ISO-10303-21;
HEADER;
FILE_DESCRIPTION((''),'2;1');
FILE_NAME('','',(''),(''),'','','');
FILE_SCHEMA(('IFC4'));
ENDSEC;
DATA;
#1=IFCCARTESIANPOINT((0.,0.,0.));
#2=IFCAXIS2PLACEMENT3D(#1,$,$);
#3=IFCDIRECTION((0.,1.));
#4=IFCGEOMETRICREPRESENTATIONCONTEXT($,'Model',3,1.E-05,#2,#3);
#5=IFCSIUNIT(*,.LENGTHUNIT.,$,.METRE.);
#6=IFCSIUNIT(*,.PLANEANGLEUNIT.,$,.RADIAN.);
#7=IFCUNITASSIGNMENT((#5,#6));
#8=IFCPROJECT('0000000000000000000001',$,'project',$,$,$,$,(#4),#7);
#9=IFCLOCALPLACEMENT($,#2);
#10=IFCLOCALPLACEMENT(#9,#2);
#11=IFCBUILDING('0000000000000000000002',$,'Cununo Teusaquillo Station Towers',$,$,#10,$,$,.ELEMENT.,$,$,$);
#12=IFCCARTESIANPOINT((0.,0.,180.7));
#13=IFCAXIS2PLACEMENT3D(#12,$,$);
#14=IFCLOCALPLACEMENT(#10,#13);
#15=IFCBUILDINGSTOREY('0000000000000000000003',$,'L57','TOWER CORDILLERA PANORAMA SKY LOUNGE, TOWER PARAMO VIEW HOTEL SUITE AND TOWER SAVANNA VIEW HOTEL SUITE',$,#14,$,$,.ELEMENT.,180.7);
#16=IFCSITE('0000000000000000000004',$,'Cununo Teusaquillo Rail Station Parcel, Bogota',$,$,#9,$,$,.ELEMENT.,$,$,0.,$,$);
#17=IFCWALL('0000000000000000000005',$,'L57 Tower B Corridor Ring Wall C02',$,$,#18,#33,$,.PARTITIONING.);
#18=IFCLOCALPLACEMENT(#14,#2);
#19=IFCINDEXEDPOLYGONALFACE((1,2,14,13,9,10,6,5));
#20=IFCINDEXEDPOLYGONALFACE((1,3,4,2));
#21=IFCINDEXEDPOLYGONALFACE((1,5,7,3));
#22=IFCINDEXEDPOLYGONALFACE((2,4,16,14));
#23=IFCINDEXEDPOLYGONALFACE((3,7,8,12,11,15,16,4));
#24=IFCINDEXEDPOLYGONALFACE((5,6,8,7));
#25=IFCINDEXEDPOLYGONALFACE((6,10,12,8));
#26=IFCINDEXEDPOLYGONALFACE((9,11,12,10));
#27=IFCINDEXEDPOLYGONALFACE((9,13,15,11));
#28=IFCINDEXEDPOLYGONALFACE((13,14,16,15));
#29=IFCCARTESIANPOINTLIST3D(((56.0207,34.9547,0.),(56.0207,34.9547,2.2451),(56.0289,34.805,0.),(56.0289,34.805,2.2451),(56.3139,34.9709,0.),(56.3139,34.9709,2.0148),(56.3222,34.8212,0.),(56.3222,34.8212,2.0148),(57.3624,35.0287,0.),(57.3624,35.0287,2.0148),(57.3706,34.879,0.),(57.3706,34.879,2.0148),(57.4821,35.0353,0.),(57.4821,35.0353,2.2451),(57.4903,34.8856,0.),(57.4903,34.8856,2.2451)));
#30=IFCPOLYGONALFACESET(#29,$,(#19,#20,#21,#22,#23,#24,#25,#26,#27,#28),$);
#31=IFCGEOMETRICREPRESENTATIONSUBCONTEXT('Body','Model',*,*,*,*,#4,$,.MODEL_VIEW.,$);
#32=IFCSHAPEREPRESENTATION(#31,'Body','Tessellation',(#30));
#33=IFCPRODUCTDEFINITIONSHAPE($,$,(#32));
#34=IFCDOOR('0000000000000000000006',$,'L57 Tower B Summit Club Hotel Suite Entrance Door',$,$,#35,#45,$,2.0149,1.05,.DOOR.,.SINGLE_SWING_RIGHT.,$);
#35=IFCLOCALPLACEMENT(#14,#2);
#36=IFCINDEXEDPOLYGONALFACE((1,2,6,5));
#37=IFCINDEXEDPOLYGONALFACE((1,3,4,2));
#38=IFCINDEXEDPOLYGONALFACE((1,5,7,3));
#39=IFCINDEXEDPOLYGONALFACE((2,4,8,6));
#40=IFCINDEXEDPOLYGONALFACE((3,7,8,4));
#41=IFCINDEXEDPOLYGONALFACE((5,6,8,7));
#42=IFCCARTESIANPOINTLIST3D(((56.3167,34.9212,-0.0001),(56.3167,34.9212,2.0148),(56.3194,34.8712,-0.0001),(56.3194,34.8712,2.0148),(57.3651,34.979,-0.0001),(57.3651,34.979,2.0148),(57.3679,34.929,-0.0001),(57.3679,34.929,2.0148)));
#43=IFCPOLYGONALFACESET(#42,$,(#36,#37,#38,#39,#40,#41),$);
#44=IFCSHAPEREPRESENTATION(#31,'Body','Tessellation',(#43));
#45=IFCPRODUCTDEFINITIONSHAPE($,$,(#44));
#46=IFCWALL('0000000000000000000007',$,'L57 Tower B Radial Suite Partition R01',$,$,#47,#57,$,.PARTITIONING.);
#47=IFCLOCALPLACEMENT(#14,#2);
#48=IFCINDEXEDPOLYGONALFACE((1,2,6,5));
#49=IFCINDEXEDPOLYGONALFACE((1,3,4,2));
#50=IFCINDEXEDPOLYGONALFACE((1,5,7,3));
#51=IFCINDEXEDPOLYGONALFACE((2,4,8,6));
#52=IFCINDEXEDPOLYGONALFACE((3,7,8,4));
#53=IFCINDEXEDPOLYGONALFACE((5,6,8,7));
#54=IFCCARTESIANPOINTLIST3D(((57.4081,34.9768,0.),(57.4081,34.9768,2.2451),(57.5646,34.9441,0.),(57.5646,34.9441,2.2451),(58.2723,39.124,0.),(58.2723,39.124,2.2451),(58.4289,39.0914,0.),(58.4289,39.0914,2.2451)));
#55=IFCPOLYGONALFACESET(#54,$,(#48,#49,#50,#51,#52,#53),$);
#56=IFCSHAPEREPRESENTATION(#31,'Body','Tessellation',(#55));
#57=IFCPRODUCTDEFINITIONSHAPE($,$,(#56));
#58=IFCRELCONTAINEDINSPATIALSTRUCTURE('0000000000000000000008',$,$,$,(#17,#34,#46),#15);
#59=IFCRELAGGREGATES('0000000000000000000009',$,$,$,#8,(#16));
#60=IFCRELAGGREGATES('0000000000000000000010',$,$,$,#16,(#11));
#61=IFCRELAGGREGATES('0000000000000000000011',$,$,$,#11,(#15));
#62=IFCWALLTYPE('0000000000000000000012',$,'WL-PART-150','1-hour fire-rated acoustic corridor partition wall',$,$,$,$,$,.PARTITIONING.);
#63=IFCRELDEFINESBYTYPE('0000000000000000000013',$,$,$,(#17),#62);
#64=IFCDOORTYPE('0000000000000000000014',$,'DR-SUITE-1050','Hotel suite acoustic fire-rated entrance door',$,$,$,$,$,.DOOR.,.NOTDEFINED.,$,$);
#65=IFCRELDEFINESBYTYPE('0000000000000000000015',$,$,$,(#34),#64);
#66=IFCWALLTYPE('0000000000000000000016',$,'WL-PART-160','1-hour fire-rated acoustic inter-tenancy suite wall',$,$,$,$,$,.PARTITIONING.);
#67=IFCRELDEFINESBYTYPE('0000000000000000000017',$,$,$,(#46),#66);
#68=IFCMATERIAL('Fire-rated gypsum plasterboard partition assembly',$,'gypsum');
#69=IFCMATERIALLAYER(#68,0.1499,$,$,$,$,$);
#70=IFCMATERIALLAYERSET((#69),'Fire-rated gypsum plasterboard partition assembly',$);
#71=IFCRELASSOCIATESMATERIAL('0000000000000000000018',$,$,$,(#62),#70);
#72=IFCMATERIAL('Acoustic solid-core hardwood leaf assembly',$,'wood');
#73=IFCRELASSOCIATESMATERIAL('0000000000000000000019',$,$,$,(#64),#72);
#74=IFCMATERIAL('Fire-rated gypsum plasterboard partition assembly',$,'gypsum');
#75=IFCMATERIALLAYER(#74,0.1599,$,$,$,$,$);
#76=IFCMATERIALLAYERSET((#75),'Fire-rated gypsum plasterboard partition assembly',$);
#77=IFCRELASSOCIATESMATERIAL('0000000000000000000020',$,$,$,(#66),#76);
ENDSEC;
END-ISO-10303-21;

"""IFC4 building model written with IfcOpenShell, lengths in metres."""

from ifc_helpers import new_model, si_unit, direction, frame, frame_2d, origin, place, context, subcontext, project, spatial, rectangle, extrude, source, transform, mapped, material, layer, layer_set, type_object, element, fill, save


model = new_model("IFC4")

# Units and contexts
model_context = context("Model", 3, precision=1e-05, world=origin(), true_north=direction((0.0, 1.0)))
body_context = subcontext(model_context, "Body", "Model", "MODEL_VIEW")
ifc_project = project(units=[si_unit("LENGTHUNIT", "METRE"), si_unit("PLANEANGLEUNIT", "RADIAN")], contexts=[model_context])

# Site, building, storey
site_placement = place(None, origin())
site = spatial("IfcSite", under=ifc_project, at=site_placement, Name="Cununo Teusaquillo Rail Station Parcel, Bogota", CompositionType="ELEMENT", RefElevation=0.0)
building_placement = place(site_placement, origin())
building = spatial("IfcBuilding", under=site, at=building_placement, Name="Cununo Teusaquillo Station Towers", CompositionType="ELEMENT")
storey_placement = place(building_placement, frame((0.0, 0.0, 180.7)))
storey = spatial("IfcBuildingStorey", under=building, at=storey_placement, Name="L57", Description="TOWER CORDILLERA PANORAMA SKY LOUNGE, TOWER PARAMO VIEW HOTEL SUITE AND TOWER SAVANNA VIEW HOTEL SUITE", CompositionType="ELEMENT", Elevation=180.7)

# Wall, opening, door
ifc_material_1 = material(Name="Fire-rated gypsum plasterboard partition assembly", Category="gypsum")
ifc_layer_1 = layer(ifc_material_1, 0.1499)
ifc_layer_set_1 = layer_set([ifc_layer_1], Name="Fire-rated gypsum plasterboard partition assembly")
wall_type_1 = type_object("IfcWallType", Name="WL-PART-150", Description="1-hour fire-rated acoustic corridor partition wall", PredefinedType="PARTITIONING", material=ifc_layer_set_1)
wall_1_placement = place(storey_placement, frame((57.4863, 34.9604, 0.0), z_axis=(0.0, 0.0, 1.0), x_axis=(-0.998484, -0.055045, 0.0)))
wall_1 = element("IfcWall", 1, at=wall_1_placement, inside=storey, type_object=wall_type_1, Name="L57 Tower B Corridor Ring Wall C02", PredefinedType="PARTITIONING", context=body_context, shape_type="SweptSolid", body=[
    extrude(rectangle(XDim=1.4636, YDim=0.1499, at=frame_2d((0.7319, 0.0))), origin(), (0.0, 0.0, 1.0), 2.2451),
])
shared_shape_1 = source(origin(), body_context, "Body", "SweptSolid", [
    extrude(rectangle(XDim=1.05, YDim=2.0149, at=frame_2d((0.5249, 1.0073))), frame((0.0, 0.085, 0.0), z_axis=(0.0, -1.0, 0.0), x_axis=(1.0, 0.0, 0.0)), (0.0, 0.0, 1.0), 0.1699),
])
opening_1_placement = place(wall_1_placement, frame((0.1201, 0.0, 0.0)))
opening_1 = element("IfcOpeningElement", 2, at=opening_1_placement, cuts=wall_1, PredefinedType="OPENING", context=body_context, shape_type="MappedRepresentation", body=[
    mapped(shared_shape_1, transform((0.0, 0.0, 0.0), x_axis=(1.0, 0.0, 0.0), y_axis=(0.0, 1.0, 0.0), z_axis=(0.0, 0.0, 1.0), scale=1.0)),
])
ifc_material_2 = material(Name="Acoustic solid-core hardwood leaf assembly", Category="wood")
door_type = type_object("IfcDoorType", Name="DR-SUITE-1050", Description="Hotel suite acoustic fire-rated entrance door", OperationType="NOTDEFINED", PredefinedType="DOOR", material=ifc_material_2)
shared_shape_2 = source(origin(), body_context, "Body", "SweptSolid", [
    extrude(rectangle(XDim=1.05, YDim=2.0149, at=frame_2d((0.5249, 1.0073))), frame((0.0, 0.0249, 0.0), z_axis=(0.0, -1.0, 0.0), x_axis=(1.0, 0.0, 0.0)), (0.0, 0.0, 1.0), 0.05),
])
door_placement = place(opening_1_placement, origin())
door = element("IfcDoor", 3, at=door_placement, inside=storey, type_object=door_type, Name="L57 Tower B Summit Club Hotel Suite Entrance Door", OperationType="SINGLE_SWING_RIGHT", OverallHeight=2.0149, OverallWidth=1.05, PredefinedType="DOOR", context=body_context, shape_type="MappedRepresentation", body=[
    mapped(shared_shape_2, transform((0.0, 0.0, 0.0), x_axis=(1.0, 0.0, 0.0), y_axis=(0.0, 1.0, 0.0), z_axis=(0.0, 0.0, 1.0), scale=1.0)),
])
fill(opening_1, door)

# Wall
ifc_material_3 = material(Name="Fire-rated gypsum plasterboard partition assembly", Category="gypsum")
ifc_layer_2 = layer(ifc_material_3, 0.1599)
ifc_layer_set_2 = layer_set([ifc_layer_2], Name="Fire-rated gypsum plasterboard partition assembly")
wall_type_2 = type_object("IfcWallType", Name="WL-PART-160", Description="1-hour fire-rated acoustic inter-tenancy suite wall", PredefinedType="PARTITIONING", material=ifc_layer_set_2)
wall_2_placement = place(storey_placement, frame((57.4863, 34.9604, 0.0), z_axis=(0.0, 0.0, 1.0), x_axis=(0.204012, 0.978968, 0.0)))
element("IfcWall", 4, at=wall_2_placement, inside=storey, type_object=wall_type_2, Name="L57 Tower B Radial Suite Partition R01", PredefinedType="PARTITIONING", context=body_context, shape_type="SweptSolid", body=[
    extrude(rectangle(XDim=4.2363, YDim=0.1599, at=frame_2d((2.1182, 0.0))), origin(), (0.0, 0.0, 1.0), 2.2451),
])

save(model, "model.ifc")
